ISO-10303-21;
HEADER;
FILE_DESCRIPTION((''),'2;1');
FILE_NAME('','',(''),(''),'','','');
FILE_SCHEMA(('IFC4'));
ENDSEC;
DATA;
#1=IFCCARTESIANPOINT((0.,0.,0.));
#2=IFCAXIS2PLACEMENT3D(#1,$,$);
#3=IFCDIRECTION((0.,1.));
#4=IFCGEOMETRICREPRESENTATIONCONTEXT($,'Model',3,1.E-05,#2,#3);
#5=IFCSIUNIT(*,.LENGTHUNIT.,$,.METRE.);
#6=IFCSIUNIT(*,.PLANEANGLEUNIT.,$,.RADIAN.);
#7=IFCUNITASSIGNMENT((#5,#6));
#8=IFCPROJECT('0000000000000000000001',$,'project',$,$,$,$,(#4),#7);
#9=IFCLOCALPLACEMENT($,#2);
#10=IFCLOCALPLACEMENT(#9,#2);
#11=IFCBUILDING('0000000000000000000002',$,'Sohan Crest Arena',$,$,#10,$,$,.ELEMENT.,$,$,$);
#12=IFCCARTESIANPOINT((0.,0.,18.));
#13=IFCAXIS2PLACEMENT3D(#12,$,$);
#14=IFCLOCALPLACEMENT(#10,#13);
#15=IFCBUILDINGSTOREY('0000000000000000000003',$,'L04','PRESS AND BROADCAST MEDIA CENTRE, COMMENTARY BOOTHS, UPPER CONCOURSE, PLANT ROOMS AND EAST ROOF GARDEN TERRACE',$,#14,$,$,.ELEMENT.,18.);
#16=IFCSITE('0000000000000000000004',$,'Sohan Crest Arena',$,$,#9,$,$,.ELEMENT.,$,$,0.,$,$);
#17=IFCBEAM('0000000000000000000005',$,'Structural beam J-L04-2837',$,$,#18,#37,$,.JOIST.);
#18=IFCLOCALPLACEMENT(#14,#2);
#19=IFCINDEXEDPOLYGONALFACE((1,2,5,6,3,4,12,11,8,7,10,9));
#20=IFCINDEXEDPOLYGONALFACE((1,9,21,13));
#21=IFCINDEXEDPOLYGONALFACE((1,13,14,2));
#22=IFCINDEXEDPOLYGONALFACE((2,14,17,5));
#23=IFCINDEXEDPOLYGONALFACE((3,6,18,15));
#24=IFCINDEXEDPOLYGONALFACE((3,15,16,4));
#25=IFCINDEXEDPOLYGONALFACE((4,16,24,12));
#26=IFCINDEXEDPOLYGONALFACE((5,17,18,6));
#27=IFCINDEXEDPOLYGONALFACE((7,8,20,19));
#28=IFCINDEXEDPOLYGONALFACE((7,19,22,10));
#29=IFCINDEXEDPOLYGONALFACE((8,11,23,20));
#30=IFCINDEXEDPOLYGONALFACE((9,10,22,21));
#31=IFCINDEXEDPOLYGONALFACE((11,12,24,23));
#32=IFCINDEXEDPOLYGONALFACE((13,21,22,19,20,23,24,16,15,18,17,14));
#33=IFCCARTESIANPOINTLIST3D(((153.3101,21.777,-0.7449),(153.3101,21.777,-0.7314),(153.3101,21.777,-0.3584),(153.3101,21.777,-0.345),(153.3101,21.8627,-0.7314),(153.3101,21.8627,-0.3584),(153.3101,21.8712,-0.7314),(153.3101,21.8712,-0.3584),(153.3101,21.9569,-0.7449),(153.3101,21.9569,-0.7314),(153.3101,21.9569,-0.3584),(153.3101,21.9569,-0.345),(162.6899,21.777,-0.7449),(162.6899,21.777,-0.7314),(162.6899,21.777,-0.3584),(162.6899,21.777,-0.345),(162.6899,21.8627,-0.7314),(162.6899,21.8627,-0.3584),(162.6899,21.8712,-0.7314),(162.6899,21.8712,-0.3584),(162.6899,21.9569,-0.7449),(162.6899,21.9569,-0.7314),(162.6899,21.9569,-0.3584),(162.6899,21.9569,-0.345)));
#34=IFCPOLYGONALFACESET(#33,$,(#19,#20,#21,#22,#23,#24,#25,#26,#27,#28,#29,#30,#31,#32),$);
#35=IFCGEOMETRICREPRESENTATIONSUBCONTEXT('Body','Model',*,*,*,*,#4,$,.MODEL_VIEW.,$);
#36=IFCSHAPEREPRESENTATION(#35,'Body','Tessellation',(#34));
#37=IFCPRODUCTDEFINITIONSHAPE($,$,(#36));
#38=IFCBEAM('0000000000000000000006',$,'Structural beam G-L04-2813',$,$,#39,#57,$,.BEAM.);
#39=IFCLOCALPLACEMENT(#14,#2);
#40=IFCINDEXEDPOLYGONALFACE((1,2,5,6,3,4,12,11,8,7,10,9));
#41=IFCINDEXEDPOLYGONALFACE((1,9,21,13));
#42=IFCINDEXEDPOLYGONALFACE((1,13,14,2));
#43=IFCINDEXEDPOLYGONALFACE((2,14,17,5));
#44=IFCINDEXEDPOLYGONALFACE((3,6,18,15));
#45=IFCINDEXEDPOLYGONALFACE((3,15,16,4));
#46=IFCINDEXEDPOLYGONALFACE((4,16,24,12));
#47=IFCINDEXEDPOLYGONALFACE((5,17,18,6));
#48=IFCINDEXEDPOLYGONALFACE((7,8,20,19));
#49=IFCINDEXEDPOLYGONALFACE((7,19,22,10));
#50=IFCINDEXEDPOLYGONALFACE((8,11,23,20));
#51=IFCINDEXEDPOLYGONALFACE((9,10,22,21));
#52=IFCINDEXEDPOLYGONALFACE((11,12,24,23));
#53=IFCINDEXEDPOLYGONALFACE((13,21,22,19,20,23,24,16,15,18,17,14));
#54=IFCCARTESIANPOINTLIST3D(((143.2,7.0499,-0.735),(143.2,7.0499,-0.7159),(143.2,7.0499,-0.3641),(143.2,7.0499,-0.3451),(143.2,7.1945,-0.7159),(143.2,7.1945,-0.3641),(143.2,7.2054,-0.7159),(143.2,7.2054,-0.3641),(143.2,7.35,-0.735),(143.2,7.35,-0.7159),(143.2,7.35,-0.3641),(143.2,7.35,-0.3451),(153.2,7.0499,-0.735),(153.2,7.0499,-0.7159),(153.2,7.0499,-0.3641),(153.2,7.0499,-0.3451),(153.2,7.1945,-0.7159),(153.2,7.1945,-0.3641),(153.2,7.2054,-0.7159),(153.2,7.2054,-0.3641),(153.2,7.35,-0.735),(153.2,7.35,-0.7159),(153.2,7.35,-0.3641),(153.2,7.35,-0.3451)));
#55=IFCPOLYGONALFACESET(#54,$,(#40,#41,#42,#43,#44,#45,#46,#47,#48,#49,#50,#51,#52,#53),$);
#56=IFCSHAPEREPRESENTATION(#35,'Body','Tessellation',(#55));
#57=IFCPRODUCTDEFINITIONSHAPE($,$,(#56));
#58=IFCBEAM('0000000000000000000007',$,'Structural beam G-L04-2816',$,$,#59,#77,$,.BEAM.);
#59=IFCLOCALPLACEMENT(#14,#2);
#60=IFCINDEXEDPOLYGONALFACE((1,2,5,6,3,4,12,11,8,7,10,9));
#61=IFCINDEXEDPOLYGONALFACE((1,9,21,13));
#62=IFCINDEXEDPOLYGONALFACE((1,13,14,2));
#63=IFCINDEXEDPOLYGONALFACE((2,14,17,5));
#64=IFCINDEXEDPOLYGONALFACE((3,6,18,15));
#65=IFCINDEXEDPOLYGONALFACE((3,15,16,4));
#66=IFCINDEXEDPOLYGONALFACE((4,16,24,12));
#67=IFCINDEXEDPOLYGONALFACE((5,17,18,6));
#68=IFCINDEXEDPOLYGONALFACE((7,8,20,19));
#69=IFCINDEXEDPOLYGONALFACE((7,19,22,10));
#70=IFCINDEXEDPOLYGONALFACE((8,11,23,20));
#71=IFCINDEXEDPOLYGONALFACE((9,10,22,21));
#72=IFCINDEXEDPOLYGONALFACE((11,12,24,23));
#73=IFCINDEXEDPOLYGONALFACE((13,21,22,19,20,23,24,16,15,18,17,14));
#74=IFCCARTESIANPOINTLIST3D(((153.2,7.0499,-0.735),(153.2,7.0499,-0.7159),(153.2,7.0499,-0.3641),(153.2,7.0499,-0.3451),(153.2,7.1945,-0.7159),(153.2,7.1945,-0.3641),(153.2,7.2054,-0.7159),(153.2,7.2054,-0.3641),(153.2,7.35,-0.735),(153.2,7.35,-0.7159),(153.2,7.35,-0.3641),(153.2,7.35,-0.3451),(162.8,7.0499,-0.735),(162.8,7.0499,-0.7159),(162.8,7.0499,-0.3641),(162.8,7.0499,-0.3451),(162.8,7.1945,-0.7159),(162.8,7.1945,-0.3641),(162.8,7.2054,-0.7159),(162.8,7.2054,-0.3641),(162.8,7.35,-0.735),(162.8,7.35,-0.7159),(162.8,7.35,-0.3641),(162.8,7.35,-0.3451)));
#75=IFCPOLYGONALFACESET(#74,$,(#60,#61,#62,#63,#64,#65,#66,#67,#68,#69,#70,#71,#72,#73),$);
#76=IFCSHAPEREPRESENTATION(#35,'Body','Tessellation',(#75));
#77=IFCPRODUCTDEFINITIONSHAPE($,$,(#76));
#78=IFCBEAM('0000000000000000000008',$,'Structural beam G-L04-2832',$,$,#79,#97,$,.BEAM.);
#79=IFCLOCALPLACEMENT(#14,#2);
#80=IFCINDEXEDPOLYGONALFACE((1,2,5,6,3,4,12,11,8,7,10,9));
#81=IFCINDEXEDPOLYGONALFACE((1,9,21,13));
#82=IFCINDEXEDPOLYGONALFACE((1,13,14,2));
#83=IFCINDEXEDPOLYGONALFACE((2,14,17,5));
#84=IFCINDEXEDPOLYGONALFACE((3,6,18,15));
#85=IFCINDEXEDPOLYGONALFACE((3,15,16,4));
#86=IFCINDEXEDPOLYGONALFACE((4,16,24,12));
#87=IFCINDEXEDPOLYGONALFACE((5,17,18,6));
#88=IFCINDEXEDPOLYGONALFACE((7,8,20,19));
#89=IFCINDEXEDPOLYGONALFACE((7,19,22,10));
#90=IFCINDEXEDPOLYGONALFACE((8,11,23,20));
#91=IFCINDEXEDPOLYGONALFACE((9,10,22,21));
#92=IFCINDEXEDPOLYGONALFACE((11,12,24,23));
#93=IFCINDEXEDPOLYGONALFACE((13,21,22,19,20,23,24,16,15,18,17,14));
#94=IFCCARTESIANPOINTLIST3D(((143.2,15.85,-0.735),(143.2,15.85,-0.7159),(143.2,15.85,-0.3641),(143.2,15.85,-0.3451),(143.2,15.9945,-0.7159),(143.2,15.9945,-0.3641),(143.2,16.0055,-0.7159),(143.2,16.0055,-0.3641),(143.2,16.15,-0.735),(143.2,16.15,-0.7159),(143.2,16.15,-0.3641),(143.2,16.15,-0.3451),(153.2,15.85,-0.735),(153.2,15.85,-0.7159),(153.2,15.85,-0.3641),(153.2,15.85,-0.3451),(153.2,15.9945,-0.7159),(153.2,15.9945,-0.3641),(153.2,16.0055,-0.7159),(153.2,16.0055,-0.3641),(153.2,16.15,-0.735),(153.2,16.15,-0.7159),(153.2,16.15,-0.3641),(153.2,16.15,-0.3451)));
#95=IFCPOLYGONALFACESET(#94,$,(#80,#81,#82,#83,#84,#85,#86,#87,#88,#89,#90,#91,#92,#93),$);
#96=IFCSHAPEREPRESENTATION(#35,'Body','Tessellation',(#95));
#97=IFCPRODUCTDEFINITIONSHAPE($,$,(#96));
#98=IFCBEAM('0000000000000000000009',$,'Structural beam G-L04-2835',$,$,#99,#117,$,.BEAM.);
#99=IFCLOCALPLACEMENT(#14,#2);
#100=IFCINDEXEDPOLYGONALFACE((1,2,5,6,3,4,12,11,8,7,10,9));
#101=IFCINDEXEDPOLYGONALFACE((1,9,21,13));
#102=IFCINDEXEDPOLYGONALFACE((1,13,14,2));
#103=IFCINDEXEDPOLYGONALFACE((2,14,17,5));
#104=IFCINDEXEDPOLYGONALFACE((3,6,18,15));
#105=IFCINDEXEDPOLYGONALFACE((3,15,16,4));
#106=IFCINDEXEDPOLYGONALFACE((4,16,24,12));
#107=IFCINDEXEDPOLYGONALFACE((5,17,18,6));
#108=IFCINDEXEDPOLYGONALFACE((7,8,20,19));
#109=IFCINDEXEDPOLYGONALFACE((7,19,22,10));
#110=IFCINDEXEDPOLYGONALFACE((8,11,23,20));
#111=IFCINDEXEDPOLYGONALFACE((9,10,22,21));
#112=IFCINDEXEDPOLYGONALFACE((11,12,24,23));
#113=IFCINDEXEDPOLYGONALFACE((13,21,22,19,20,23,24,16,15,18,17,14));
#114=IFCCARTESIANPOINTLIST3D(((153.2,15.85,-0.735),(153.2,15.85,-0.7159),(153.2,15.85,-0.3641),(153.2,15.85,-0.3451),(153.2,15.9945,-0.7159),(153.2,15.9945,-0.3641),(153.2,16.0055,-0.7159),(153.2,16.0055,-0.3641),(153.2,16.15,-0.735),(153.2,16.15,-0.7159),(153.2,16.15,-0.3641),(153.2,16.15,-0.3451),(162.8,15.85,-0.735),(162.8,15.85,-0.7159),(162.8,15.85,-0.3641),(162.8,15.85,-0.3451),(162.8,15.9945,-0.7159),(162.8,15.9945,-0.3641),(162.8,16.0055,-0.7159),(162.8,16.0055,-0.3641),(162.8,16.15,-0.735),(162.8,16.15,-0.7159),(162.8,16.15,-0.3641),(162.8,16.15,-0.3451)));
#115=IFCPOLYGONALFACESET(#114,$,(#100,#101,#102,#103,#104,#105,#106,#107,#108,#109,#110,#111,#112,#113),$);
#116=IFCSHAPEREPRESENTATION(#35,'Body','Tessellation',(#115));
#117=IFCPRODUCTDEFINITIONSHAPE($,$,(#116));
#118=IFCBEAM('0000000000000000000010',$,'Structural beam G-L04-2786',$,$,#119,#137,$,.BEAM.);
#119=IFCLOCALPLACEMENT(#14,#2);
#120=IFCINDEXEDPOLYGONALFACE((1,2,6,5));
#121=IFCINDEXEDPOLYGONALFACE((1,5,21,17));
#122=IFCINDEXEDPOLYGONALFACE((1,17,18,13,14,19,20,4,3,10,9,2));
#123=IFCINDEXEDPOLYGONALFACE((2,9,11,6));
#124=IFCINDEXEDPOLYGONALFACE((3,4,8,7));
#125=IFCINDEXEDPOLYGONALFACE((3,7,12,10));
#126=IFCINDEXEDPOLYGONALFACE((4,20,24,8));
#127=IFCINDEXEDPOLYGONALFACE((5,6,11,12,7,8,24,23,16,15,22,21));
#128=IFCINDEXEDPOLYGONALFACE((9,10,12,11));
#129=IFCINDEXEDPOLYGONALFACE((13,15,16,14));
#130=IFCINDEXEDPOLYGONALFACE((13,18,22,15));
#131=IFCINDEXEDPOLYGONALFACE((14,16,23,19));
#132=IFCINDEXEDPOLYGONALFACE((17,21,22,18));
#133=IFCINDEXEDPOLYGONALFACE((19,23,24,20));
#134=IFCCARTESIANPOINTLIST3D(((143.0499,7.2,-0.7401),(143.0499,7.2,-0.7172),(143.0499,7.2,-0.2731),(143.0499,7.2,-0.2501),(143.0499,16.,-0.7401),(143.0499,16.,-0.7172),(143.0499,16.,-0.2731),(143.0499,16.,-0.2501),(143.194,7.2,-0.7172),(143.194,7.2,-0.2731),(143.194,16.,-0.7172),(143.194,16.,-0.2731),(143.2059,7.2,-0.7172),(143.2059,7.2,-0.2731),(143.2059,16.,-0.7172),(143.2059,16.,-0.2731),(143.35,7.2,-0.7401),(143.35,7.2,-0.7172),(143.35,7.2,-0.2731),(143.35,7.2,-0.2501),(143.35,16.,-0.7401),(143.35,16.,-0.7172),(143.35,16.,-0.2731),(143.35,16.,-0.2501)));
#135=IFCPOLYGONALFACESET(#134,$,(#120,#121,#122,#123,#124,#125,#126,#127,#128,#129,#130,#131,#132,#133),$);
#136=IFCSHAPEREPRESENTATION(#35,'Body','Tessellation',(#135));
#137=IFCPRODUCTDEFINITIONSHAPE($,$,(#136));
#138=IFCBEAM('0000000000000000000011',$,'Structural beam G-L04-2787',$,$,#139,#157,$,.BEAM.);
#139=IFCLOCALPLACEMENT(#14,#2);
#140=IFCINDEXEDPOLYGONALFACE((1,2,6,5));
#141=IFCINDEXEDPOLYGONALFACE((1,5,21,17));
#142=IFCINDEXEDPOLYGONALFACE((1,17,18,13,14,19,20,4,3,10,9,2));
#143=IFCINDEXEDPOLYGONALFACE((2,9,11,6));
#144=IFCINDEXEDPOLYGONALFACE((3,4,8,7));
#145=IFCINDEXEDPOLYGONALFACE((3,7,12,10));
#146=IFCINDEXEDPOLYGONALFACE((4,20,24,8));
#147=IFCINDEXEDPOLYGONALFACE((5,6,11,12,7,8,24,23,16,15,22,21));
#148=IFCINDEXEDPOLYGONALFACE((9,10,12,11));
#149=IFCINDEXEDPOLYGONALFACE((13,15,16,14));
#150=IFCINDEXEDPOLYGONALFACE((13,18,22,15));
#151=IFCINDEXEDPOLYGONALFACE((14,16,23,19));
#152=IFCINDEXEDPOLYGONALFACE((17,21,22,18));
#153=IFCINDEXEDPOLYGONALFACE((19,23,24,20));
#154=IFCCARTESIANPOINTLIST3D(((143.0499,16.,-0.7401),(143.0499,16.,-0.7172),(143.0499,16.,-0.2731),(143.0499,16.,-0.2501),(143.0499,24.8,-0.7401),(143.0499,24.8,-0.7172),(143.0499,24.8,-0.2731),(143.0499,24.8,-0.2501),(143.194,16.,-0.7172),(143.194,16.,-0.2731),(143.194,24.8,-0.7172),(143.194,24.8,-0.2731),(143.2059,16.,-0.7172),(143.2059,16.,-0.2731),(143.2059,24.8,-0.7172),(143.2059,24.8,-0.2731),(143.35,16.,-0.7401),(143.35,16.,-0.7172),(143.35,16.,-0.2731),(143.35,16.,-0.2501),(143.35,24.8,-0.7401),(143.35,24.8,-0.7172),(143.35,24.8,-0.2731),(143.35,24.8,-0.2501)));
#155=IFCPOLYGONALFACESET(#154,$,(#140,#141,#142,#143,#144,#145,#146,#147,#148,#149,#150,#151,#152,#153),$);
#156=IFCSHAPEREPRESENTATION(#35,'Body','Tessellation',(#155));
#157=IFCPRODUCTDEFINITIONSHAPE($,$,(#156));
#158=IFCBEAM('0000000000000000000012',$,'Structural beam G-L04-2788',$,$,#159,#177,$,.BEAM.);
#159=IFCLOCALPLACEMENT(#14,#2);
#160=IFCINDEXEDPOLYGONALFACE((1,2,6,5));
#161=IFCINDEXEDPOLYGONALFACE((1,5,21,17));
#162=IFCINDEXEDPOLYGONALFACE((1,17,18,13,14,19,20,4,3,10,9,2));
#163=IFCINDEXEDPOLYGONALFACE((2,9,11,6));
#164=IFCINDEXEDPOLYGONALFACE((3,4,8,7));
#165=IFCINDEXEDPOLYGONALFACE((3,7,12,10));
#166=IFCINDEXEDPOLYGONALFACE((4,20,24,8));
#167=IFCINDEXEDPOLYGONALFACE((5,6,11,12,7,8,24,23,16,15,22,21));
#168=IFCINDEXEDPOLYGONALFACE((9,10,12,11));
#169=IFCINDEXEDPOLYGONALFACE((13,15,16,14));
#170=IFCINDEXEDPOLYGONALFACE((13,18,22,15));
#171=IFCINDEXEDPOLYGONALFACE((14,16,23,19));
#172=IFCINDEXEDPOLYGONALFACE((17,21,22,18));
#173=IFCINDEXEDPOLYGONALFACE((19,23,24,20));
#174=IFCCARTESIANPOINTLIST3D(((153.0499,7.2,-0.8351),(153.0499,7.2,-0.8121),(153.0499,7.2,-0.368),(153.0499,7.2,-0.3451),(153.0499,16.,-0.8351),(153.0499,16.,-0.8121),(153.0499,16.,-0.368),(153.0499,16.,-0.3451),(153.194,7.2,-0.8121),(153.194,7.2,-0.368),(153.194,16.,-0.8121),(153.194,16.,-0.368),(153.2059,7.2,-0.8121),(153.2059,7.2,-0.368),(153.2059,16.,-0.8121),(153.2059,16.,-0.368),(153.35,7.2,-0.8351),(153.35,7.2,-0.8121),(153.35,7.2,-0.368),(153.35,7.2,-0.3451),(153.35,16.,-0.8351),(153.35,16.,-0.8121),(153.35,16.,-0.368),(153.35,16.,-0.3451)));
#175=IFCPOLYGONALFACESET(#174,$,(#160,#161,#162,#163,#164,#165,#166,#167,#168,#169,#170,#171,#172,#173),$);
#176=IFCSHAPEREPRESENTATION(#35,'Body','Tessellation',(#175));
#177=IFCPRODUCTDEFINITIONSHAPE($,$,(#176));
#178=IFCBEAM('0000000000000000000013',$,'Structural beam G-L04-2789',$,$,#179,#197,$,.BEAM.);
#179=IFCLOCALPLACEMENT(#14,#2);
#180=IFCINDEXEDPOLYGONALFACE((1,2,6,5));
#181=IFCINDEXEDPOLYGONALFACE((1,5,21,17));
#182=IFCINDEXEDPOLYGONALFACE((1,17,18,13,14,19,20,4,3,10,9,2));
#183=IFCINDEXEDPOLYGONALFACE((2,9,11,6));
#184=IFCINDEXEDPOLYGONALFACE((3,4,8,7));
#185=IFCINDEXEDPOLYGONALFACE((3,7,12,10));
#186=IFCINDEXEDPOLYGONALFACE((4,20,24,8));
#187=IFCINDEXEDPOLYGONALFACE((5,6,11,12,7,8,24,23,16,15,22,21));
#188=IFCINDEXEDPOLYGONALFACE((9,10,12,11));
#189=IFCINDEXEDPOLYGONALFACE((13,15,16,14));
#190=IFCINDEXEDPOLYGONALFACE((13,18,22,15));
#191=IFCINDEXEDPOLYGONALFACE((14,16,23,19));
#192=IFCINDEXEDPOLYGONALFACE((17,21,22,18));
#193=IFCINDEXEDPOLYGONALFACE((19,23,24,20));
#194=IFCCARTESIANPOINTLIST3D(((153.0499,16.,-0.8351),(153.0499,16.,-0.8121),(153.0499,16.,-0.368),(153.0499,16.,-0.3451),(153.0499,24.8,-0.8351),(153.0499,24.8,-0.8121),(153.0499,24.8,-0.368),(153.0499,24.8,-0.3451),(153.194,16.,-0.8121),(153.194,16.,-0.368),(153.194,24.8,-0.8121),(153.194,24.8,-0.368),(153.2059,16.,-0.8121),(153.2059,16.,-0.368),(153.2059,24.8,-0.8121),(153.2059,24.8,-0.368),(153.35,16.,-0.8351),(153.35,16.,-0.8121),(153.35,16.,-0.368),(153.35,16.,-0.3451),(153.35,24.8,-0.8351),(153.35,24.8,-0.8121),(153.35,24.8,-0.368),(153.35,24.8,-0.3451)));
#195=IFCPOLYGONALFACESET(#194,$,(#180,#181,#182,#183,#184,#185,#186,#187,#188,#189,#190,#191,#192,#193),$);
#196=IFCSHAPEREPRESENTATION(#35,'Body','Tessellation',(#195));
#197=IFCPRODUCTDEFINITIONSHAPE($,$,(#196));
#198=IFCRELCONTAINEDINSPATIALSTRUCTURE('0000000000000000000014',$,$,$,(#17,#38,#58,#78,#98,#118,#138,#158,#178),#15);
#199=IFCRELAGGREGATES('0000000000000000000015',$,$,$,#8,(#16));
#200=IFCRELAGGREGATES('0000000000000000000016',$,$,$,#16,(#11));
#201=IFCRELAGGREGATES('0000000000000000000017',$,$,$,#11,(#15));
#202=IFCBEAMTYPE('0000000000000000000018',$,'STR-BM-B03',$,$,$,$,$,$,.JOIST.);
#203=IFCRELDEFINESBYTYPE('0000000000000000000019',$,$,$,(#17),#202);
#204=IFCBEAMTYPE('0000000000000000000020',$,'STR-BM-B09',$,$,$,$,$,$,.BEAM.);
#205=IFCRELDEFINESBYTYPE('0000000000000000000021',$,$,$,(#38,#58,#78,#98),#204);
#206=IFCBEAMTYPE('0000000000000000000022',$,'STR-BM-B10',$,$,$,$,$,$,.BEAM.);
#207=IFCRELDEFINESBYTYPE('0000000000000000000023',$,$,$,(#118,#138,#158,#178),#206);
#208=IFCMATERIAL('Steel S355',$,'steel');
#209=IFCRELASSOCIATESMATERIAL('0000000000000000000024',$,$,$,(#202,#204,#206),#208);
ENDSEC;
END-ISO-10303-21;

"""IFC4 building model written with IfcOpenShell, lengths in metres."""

from ifc_helpers import new_model, si_unit, direction, frame, origin, origin_2d, place, context, subcontext, project, spatial, i_section, extrude, material, material_profile, profile_set, type_object, element, save


model = new_model("IFC4")

# Units and contexts
model_context = context("Model", 3, precision=1e-05, world=origin(), true_north=direction((0.0, 1.0)))
body_context = subcontext(model_context, "Body", "Model", "MODEL_VIEW")
ifc_project = project(units=[si_unit("LENGTHUNIT", "METRE"), si_unit("PLANEANGLEUNIT", "RADIAN")], contexts=[model_context])

# Site, building, storey
site_placement = place(None, origin())
site = spatial("IfcSite", under=ifc_project, at=site_placement, Name="Sohan Crest Arena", CompositionType="ELEMENT", RefElevation=0.0)
building_placement = place(site_placement, origin())
building = spatial("IfcBuilding", under=site, at=building_placement, Name="Sohan Crest Arena", CompositionType="ELEMENT")
storey_placement = place(building_placement, frame((0.0, 0.0, 18.0)))
storey = spatial("IfcBuildingStorey", under=building, at=storey_placement, Name="L04", Description="PRESS AND BROADCAST MEDIA CENTRE, COMMENTARY BOOTHS, UPPER CONCOURSE, PLANT ROOMS AND EAST ROOF GARDEN TERRACE", CompositionType="ELEMENT", Elevation=18.0)

# Shared definitions
ifc_material_1 = material(Name="Steel S355", Category="steel")

# Beams
ifc_material_profile_1 = material_profile(ifc_material_1, i_section(OverallWidth=0.1799, OverallDepth=0.3999, WebThickness=0.0085, FlangeThickness=0.0134, at=origin_2d()), Name="IPE 400")
ifc_profile_set_1 = profile_set([ifc_material_profile_1], Name="Steel S355")
beam_type_1 = type_object("IfcBeamType", Name="STR-BM-B03", PredefinedType="JOIST", material=ifc_profile_set_1)
for number, where, z_axis, x_axis, name in (
    (1, (153.3101, 21.8669, -0.5449), (1.0, 0.0, 0.0), (0.0, 1.0, 0.0), "Structural beam J-L04-2837"),
):
    element("IfcBeam", number, at=place(storey_placement, frame(where, z_axis=z_axis, x_axis=x_axis)), inside=storey, type_object=beam_type_1, Name=name, PredefinedType="JOIST", context=body_context, shape_type="SweptSolid", body=[
        extrude(i_section(OverallWidth=0.1799, OverallDepth=0.3999, WebThickness=0.0085, FlangeThickness=0.0134, at=origin_2d()), origin(), (0.0, 0.0, 1.0), 9.3799),
    ])
ifc_material_profile_2 = material_profile(ifc_material_1, i_section(OverallWidth=0.3, OverallDepth=0.3899, WebThickness=0.011, FlangeThickness=0.019, at=origin_2d()), Name="HEA 400")
ifc_profile_set_2 = profile_set([ifc_material_profile_2], Name="Steel S355")
beam_type_2 = type_object("IfcBeamType", Name="STR-BM-B09", PredefinedType="BEAM", material=ifc_profile_set_2)
beam_1_placement = place(storey_placement, frame((143.2, 7.2, -0.54), z_axis=(1.0, 0.0, 0.0), x_axis=(0.0, 1.0, 0.0)))
element("IfcBeam", 2, at=beam_1_placement, inside=storey, type_object=beam_type_2, Name="Structural beam G-L04-2813", PredefinedType="BEAM", context=body_context, shape_type="SweptSolid", body=[
    extrude(i_section(OverallWidth=0.3, OverallDepth=0.3899, WebThickness=0.011, FlangeThickness=0.019, at=origin_2d()), origin(), (0.0, 0.0, 1.0), 10.0),
])
beam_2_placement = place(storey_placement, frame((153.2, 7.2, -0.54), z_axis=(1.0, 0.0, 0.0), x_axis=(0.0, 1.0, 0.0)))
element("IfcBeam", 3, at=beam_2_placement, inside=storey, type_object=beam_type_2, Name="Structural beam G-L04-2816", PredefinedType="BEAM", context=body_context, shape_type="SweptSolid", body=[
    extrude(i_section(OverallWidth=0.3, OverallDepth=0.3899, WebThickness=0.011, FlangeThickness=0.019, at=origin_2d()), origin(), (0.0, 0.0, 1.0), 9.6001),
])
beam_3_placement = place(storey_placement, frame((143.2, 16.0, -0.54), z_axis=(1.0, 0.0, 0.0), x_axis=(0.0, 1.0, 0.0)))
element("IfcBeam", 4, at=beam_3_placement, inside=storey, type_object=beam_type_2, Name="Structural beam G-L04-2832", PredefinedType="BEAM", context=body_context, shape_type="SweptSolid", body=[
    extrude(i_section(OverallWidth=0.3, OverallDepth=0.3899, WebThickness=0.011, FlangeThickness=0.019, at=origin_2d()), origin(), (0.0, 0.0, 1.0), 10.0),
])
beam_4_placement = place(storey_placement, frame((153.2, 16.0, -0.54), z_axis=(1.0, 0.0, 0.0), x_axis=(0.0, 1.0, 0.0)))
element("IfcBeam", 5, at=beam_4_placement, inside=storey, type_object=beam_type_2, Name="Structural beam G-L04-2835", PredefinedType="BEAM", context=body_context, shape_type="SweptSolid", body=[
    extrude(i_section(OverallWidth=0.3, OverallDepth=0.3899, WebThickness=0.011, FlangeThickness=0.019, at=origin_2d()), origin(), (0.0, 0.0, 1.0), 9.6001),
])
ifc_material_profile_3 = material_profile(ifc_material_1, i_section(OverallWidth=0.3, OverallDepth=0.49, WebThickness=0.012, FlangeThickness=0.0229, at=origin_2d()), Name="HEA 500")
ifc_profile_set_3 = profile_set([ifc_material_profile_3], Name="Steel S355")
beam_type_3 = type_object("IfcBeamType", Name="STR-BM-B10", PredefinedType="BEAM", material=ifc_profile_set_3)
for number, where, z_axis, x_axis, name in (
    (6, (143.2, 7.2, -0.4951), (0.0, 1.0, 0.0), (-1.0, 0.0, 0.0), "Structural beam G-L04-2786"),
    (7, (143.2, 16.0, -0.4951), (0.0, 1.0, 0.0), (-1.0, 0.0, 0.0), "Structural beam G-L04-2787"),
    (8, (153.2, 7.2, -0.5901), (0.0, 1.0, 0.0), (-1.0, 0.0, 0.0), "Structural beam G-L04-2788"),
    (9, (153.2, 16.0, -0.5901), (0.0, 1.0, 0.0), (-1.0, 0.0, 0.0), "Structural beam G-L04-2789"),
):
    element("IfcBeam", number, at=place(storey_placement, frame(where, z_axis=z_axis, x_axis=x_axis)), inside=storey, type_object=beam_type_3, Name=name, PredefinedType="BEAM", context=body_context, shape_type="SweptSolid", body=[
        extrude(i_section(OverallWidth=0.3, OverallDepth=0.49, WebThickness=0.012, FlangeThickness=0.0229, at=origin_2d()), origin(), (0.0, 0.0, 1.0), 8.8),
    ])

save(model, "model.ifc")
